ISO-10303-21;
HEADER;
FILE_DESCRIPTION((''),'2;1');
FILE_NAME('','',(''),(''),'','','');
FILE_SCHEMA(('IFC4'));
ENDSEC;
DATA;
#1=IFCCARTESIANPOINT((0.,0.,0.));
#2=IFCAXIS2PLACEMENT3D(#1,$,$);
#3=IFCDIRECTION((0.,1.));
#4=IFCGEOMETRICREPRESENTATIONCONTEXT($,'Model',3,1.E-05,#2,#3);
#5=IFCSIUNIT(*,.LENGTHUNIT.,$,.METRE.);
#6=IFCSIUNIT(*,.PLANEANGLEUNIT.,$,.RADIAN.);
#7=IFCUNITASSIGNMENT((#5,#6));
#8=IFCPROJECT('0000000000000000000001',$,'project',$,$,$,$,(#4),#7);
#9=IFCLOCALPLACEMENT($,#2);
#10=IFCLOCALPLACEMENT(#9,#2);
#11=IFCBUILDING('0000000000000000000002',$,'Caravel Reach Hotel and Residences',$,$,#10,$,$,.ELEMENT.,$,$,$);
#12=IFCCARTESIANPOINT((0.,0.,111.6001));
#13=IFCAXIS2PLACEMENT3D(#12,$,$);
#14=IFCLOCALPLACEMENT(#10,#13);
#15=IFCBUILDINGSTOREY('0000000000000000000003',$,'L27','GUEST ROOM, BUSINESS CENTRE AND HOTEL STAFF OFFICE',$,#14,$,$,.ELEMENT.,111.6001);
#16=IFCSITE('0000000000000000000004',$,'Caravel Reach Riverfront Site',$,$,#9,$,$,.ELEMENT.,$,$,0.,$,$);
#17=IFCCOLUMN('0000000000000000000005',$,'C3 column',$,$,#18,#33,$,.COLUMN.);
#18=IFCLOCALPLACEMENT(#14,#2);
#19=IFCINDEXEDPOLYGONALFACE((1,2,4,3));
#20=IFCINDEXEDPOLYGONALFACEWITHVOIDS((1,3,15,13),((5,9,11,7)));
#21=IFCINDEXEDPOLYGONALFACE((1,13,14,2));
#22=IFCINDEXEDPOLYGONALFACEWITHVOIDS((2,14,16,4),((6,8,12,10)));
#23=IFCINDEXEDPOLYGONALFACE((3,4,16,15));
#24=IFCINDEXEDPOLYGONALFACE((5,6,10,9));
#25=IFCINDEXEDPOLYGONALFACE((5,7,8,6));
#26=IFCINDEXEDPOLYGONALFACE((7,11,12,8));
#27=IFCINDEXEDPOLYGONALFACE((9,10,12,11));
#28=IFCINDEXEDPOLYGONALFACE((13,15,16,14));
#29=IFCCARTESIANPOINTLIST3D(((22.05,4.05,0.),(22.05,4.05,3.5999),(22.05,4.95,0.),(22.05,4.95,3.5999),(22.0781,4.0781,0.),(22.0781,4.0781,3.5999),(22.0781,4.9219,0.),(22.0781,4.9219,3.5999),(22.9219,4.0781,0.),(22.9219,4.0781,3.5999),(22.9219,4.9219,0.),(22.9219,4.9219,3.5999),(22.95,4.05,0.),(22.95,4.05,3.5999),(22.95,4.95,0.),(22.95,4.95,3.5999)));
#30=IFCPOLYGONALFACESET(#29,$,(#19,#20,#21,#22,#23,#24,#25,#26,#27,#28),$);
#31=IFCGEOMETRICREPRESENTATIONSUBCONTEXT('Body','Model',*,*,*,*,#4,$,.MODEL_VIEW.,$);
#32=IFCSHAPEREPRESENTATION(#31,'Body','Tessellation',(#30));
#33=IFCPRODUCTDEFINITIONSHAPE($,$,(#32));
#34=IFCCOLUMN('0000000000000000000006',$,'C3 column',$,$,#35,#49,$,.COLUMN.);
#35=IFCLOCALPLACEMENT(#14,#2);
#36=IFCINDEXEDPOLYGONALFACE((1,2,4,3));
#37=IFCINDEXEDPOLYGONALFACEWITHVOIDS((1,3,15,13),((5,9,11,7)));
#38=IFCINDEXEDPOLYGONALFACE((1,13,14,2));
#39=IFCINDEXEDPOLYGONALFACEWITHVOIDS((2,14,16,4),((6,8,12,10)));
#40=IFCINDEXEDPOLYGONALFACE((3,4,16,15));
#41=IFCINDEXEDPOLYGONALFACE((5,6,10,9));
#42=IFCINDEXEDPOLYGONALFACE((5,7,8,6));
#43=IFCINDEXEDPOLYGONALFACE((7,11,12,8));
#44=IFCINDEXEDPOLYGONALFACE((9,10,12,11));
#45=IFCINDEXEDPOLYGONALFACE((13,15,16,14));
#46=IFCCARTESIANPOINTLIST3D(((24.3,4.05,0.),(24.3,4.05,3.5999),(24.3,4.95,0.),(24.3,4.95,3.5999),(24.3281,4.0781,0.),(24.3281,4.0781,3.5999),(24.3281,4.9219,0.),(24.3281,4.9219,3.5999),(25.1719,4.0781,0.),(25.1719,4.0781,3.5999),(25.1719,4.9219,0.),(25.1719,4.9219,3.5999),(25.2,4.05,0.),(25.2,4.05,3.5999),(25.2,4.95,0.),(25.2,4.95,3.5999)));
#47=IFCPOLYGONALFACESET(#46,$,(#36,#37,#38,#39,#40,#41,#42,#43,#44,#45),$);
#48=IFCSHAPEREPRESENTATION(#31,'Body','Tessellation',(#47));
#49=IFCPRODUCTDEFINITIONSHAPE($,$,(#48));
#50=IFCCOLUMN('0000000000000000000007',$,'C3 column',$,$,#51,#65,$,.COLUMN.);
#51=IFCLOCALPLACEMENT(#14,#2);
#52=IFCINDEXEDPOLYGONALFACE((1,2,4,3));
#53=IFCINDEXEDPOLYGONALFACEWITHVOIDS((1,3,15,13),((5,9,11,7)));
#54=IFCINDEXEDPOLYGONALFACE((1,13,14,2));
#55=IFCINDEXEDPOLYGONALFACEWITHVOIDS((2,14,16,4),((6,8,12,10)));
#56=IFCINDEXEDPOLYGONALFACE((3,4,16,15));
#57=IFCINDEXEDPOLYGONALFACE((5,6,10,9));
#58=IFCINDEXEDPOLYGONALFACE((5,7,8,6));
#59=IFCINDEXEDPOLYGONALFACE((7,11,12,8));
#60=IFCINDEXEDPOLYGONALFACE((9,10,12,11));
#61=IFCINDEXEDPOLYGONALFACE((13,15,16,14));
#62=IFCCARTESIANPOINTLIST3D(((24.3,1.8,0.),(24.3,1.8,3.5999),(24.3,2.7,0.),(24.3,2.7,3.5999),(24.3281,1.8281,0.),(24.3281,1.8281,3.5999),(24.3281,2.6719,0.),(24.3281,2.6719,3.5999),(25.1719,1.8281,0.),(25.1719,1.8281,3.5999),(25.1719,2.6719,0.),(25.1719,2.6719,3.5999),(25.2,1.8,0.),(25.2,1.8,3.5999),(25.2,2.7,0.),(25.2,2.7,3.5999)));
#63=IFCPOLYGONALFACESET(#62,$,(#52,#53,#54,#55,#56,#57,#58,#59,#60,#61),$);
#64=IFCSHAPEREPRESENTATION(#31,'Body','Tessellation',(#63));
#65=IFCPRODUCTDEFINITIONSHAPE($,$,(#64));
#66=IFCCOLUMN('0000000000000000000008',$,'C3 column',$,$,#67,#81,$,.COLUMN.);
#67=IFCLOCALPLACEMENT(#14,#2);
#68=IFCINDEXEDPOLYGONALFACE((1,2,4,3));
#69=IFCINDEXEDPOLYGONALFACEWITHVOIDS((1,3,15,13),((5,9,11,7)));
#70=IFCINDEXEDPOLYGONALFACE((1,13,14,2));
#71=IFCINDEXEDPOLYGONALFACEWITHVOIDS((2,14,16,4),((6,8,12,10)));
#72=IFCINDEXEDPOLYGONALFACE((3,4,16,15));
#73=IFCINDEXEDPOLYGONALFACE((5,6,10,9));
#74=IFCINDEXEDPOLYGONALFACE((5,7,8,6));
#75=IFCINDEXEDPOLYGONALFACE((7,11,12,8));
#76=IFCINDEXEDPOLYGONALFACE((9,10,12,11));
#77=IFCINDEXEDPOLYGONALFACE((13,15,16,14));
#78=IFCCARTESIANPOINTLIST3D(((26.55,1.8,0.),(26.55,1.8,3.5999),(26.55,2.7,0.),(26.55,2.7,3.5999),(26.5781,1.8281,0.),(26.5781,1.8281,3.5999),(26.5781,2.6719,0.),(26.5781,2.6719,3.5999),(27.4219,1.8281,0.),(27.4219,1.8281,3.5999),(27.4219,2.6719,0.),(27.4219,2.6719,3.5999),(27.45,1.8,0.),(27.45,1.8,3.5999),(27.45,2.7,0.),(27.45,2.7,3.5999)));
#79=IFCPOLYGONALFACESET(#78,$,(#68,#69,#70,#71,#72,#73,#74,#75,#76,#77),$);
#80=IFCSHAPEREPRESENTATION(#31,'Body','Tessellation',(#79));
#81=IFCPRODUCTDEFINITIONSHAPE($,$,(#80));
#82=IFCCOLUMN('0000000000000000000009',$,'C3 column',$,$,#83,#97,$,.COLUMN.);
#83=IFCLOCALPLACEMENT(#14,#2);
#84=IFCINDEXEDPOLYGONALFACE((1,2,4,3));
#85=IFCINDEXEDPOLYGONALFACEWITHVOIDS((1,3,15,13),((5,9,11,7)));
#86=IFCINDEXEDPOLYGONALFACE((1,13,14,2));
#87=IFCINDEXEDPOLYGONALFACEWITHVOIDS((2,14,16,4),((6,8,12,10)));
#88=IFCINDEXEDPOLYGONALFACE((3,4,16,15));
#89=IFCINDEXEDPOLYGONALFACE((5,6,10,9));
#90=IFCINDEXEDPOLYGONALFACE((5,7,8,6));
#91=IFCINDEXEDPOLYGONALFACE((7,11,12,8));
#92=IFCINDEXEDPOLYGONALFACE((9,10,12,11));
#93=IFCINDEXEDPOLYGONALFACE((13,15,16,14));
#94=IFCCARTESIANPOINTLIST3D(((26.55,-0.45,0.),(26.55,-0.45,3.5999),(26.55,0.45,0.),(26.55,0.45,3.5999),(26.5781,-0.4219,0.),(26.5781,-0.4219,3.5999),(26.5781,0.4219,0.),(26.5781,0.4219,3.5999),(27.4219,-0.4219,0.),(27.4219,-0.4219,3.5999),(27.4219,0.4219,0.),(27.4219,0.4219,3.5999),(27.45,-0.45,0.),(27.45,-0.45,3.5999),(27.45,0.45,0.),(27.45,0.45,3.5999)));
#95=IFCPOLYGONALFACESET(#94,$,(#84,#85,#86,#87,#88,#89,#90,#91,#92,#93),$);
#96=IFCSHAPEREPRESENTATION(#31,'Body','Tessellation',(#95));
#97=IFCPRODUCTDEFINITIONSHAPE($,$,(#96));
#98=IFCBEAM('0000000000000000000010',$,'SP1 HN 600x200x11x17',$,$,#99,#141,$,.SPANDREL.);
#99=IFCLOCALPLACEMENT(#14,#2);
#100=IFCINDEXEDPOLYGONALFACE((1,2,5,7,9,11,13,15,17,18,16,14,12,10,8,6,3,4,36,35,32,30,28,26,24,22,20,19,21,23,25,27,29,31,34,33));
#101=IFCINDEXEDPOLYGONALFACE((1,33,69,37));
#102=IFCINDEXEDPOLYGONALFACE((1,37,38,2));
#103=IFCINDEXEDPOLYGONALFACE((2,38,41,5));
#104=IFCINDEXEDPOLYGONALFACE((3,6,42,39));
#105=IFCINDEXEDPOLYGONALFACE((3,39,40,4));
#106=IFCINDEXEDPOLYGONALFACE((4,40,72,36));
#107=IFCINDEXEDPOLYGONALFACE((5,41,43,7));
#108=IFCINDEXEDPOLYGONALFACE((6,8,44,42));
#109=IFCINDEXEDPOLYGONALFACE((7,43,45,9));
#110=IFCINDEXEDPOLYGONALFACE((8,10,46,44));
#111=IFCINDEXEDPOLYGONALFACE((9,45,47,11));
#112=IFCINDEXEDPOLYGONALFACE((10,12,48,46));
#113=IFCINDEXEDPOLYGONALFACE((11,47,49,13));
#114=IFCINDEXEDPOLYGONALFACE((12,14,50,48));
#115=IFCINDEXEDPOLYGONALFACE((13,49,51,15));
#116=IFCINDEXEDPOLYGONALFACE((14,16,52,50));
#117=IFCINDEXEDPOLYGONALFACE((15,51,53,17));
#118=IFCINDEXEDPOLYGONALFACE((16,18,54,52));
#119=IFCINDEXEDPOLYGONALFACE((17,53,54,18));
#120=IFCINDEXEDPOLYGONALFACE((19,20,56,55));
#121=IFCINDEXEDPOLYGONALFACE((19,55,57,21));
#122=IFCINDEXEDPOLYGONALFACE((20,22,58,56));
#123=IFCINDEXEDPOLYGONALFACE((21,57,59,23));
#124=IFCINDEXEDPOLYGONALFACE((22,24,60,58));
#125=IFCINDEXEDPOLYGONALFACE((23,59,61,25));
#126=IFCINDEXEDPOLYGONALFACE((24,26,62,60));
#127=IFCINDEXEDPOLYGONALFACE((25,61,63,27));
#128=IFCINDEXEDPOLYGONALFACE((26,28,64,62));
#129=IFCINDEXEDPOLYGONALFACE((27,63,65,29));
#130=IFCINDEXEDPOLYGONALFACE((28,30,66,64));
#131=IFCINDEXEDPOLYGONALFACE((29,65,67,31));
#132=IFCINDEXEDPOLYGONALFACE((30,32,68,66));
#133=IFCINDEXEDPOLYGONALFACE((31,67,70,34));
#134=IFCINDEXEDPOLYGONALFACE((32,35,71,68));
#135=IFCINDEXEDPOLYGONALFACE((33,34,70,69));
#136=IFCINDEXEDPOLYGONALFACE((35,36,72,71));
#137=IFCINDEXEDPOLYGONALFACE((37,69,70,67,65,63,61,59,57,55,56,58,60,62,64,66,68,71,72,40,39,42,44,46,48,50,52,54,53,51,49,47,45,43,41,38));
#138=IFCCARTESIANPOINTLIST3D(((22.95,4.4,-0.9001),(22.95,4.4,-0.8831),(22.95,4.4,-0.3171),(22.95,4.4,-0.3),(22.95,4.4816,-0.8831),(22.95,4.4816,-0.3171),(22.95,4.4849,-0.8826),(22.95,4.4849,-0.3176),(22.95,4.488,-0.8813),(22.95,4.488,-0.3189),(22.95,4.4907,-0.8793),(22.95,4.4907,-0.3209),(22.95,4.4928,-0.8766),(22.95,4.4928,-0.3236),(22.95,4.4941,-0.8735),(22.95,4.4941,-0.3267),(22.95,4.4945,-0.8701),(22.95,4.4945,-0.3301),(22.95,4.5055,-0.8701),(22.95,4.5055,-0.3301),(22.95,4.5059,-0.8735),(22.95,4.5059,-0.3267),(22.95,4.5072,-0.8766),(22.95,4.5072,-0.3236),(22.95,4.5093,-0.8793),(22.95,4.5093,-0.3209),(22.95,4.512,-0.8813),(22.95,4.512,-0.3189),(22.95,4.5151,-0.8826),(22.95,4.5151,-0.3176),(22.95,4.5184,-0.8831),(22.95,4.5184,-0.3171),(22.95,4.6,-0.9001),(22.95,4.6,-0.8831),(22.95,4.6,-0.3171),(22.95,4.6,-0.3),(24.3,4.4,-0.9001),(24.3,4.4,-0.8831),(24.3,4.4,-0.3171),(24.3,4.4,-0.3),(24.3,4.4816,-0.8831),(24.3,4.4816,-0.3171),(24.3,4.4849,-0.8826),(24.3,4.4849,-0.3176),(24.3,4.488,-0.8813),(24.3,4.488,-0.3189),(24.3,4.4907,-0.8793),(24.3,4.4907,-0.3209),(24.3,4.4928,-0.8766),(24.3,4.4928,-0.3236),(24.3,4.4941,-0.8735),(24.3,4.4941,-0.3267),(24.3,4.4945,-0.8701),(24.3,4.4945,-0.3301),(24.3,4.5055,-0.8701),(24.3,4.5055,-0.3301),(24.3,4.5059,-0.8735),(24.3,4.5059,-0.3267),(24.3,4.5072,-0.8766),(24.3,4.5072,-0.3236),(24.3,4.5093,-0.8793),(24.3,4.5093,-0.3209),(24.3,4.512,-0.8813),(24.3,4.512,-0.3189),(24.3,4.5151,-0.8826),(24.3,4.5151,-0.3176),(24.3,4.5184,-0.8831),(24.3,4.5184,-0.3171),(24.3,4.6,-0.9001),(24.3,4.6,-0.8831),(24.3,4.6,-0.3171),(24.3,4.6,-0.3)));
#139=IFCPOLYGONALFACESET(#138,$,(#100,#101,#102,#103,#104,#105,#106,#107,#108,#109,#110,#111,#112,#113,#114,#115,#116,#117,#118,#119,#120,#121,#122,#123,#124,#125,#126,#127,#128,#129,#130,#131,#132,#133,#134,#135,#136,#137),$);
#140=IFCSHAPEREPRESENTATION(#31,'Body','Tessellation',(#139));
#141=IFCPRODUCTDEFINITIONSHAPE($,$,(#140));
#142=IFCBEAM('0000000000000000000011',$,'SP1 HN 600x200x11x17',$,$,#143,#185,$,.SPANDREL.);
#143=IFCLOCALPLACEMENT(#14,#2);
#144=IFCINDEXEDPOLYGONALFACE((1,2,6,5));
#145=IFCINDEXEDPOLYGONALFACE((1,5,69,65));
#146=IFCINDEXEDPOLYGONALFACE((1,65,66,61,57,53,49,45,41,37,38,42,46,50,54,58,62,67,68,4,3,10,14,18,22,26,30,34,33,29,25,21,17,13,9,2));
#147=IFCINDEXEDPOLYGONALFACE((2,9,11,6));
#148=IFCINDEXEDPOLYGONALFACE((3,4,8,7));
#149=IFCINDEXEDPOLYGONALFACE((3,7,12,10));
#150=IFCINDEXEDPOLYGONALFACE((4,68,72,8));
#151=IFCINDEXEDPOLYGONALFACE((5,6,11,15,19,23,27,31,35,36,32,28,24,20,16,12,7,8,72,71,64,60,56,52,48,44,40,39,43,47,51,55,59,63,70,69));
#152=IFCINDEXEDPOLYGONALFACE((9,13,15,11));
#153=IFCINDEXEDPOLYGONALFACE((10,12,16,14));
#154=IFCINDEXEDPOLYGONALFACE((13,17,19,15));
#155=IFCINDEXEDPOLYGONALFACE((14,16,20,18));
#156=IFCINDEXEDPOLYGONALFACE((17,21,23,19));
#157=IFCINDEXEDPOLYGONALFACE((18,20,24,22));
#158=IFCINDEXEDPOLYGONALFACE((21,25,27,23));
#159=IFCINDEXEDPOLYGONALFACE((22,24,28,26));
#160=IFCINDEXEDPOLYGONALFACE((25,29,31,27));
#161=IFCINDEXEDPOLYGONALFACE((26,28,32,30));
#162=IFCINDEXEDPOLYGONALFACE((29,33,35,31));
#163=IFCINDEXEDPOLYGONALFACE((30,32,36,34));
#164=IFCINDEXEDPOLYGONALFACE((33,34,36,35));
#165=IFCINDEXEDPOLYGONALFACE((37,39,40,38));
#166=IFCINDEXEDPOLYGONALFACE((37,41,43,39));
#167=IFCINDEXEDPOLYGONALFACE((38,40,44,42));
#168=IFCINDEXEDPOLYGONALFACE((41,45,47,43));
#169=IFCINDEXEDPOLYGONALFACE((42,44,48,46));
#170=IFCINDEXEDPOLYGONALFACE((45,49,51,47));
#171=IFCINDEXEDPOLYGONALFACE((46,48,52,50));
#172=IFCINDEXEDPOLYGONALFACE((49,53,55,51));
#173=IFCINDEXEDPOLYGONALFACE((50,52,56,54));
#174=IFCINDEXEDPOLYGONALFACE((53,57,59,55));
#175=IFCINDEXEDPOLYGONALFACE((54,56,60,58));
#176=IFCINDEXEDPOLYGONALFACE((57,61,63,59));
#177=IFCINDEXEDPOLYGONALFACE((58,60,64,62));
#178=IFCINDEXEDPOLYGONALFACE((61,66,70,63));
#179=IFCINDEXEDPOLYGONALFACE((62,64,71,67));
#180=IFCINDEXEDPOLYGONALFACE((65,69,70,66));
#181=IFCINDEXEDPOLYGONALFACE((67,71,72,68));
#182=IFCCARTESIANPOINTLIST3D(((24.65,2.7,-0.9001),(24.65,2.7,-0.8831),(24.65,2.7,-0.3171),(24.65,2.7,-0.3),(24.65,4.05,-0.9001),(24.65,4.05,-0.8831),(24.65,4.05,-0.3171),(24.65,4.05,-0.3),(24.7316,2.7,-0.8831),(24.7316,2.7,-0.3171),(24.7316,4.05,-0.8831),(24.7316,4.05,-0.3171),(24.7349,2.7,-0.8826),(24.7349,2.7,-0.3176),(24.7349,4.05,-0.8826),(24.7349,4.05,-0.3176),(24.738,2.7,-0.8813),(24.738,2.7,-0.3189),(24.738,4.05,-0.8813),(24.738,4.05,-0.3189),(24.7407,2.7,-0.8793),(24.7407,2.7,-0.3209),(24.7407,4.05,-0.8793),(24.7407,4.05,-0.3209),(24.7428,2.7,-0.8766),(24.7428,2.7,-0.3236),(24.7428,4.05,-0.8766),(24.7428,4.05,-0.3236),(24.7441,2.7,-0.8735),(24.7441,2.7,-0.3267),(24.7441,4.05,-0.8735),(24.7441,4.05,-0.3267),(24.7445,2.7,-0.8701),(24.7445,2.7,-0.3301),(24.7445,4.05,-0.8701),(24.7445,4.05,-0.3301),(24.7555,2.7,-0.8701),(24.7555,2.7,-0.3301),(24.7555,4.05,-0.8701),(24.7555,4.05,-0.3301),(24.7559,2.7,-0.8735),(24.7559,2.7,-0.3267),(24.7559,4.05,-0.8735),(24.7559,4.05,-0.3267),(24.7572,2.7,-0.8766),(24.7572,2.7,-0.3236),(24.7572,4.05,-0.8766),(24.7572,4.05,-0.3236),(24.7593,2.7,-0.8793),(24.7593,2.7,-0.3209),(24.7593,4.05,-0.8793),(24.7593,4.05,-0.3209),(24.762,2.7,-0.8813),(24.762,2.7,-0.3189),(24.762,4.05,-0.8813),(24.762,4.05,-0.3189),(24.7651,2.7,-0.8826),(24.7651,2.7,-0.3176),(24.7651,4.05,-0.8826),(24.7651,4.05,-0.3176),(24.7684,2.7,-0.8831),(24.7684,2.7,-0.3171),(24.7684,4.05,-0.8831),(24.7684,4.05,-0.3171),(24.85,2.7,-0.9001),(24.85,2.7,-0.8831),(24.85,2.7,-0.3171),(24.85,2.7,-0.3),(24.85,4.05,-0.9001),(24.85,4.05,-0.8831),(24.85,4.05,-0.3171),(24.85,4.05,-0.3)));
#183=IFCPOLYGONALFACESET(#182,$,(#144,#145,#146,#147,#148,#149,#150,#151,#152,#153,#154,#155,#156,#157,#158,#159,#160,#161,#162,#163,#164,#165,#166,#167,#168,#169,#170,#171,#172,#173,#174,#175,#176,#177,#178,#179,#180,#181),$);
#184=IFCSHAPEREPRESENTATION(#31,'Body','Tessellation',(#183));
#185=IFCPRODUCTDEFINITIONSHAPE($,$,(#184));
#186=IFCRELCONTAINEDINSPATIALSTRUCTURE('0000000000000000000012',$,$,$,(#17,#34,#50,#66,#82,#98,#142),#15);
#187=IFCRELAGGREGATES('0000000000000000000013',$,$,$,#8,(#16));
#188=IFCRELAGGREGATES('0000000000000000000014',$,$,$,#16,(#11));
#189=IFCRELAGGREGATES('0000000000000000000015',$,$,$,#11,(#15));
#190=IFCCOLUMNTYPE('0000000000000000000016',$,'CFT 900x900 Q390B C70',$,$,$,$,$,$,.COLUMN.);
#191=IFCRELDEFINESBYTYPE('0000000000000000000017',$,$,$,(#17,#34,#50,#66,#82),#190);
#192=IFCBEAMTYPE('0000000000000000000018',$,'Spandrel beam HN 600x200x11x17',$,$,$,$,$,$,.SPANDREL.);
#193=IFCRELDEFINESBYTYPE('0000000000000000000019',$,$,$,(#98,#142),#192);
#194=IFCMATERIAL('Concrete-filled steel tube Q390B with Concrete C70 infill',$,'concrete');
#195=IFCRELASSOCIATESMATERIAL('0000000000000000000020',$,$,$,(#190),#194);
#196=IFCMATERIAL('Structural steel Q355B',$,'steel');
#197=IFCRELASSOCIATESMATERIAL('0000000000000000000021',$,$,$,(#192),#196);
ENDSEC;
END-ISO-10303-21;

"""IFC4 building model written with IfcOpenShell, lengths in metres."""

from ifc_helpers import new_model, si_unit, direction, frame, origin, origin_2d, place, context, subcontext, project, spatial, hollow_rectangle, i_section, extrude, material, material_profile, profile_set, type_object, element, save


model = new_model("IFC4")

# Units and contexts
model_context = context("Model", 3, precision=1e-05, world=origin(), true_north=direction((0.0, 1.0)))
body_context = subcontext(model_context, "Body", "Model", "MODEL_VIEW")
ifc_project = project(units=[si_unit("LENGTHUNIT", "METRE"), si_unit("PLANEANGLEUNIT", "RADIAN")], contexts=[model_context])

# Site, building, storey
site_placement = place(None, origin())
site = spatial("IfcSite", under=ifc_project, at=site_placement, Name="Caravel Reach Riverfront Site", CompositionType="ELEMENT", RefElevation=0.0)
building_placement = place(site_placement, origin())
building = spatial("IfcBuilding", under=site, at=building_placement, Name="Caravel Reach Hotel and Residences", CompositionType="ELEMENT")
storey_placement = place(building_placement, frame((0.0, 0.0, 111.6001)))
storey = spatial("IfcBuildingStorey", under=building, at=storey_placement, Name="L27", Description="GUEST ROOM, BUSINESS CENTRE AND HOTEL STAFF OFFICE", CompositionType="ELEMENT", Elevation=111.6001)

# Columns
ifc_material_1 = material(Name="Concrete-filled steel tube Q390B with Concrete C70 infill", Category="concrete")
ifc_material_profile_1 = material_profile(ifc_material_1, hollow_rectangle(XDim=0.8999, YDim=0.8999, WallThickness=0.0281, at=origin_2d()), Name="RHS 900x900x28")
ifc_profile_set_1 = profile_set([ifc_material_profile_1], Name="Concrete-filled steel tube Q390B with Concrete C70 infill")
column_type = type_object("IfcColumnType", Name="CFT 900x900 Q390B C70", PredefinedType="COLUMN", material=ifc_profile_set_1)
for number, where, z_axis, x_axis, name in (
    (1, (22.5, 4.5, 0.0), (0.0, 0.0, 1.0), (1.0, 0.0, 0.0), "C3 column"),
    (2, (24.75, 4.5, 0.0), (0.0, 0.0, 1.0), (1.0, 0.0, 0.0), "C3 column"),
    (3, (24.75, 2.25, 0.0), (0.0, 0.0, 1.0), (1.0, 0.0, 0.0), "C3 column"),
    (4, (27.0, 2.25, 0.0), (0.0, 0.0, 1.0), (1.0, 0.0, 0.0), "C3 column"),
    (5, (27.0, 0.0, 0.0), (0.0, 0.0, 1.0), (1.0, 0.0, 0.0), "C3 column"),
):
    element("IfcColumn", number, at=place(storey_placement, frame(where, z_axis=z_axis, x_axis=x_axis)), inside=storey, type_object=column_type, Name=name, PredefinedType="COLUMN", context=body_context, shape_type="SweptSolid", body=[
        extrude(hollow_rectangle(XDim=0.8999, YDim=0.8999, WallThickness=0.0281, at=origin_2d()), origin(), (0.0, 0.0, 1.0), 3.5999),
    ])

# Beams
ifc_material_2 = material(Name="Structural steel Q355B", Category="steel")
ifc_material_profile_2 = material_profile(ifc_material_2, i_section(OverallWidth=0.2, OverallDepth=0.6001, WebThickness=0.011, FlangeThickness=0.0171, FilletRadius=0.0129, at=origin_2d()), Name="HN 600x200x11x17")
ifc_profile_set_2 = profile_set([ifc_material_profile_2], Name="Structural steel Q355B")
beam_type = type_object("IfcBeamType", Name="Spandrel beam HN 600x200x11x17", PredefinedType="SPANDREL", material=ifc_profile_set_2)
for number, where, z_axis, x_axis, name in (
    (6, (22.95, 4.5, -0.6001), (1.0, 0.0, 0.0), (0.0, 1.0, 0.0), "SP1 HN 600x200x11x17"),
    (7, (24.75, 4.05, -0.6001), (0.0, -1.0, 0.0), (1.0, 0.0, 0.0), "SP1 HN 600x200x11x17"),
):
    element("IfcBeam", number, at=place(storey_placement, frame(where, z_axis=z_axis, x_axis=x_axis)), inside=storey, type_object=beam_type, Name=name, PredefinedType="SPANDREL", context=body_context, shape_type="SweptSolid", body=[
        extrude(i_section(OverallWidth=0.2, OverallDepth=0.6001, WebThickness=0.011, FlangeThickness=0.0171, FilletRadius=0.0129, at=origin_2d()), origin(), (0.0, 0.0, 1.0), 1.3501),
    ])

save(model, "model.ifc")
